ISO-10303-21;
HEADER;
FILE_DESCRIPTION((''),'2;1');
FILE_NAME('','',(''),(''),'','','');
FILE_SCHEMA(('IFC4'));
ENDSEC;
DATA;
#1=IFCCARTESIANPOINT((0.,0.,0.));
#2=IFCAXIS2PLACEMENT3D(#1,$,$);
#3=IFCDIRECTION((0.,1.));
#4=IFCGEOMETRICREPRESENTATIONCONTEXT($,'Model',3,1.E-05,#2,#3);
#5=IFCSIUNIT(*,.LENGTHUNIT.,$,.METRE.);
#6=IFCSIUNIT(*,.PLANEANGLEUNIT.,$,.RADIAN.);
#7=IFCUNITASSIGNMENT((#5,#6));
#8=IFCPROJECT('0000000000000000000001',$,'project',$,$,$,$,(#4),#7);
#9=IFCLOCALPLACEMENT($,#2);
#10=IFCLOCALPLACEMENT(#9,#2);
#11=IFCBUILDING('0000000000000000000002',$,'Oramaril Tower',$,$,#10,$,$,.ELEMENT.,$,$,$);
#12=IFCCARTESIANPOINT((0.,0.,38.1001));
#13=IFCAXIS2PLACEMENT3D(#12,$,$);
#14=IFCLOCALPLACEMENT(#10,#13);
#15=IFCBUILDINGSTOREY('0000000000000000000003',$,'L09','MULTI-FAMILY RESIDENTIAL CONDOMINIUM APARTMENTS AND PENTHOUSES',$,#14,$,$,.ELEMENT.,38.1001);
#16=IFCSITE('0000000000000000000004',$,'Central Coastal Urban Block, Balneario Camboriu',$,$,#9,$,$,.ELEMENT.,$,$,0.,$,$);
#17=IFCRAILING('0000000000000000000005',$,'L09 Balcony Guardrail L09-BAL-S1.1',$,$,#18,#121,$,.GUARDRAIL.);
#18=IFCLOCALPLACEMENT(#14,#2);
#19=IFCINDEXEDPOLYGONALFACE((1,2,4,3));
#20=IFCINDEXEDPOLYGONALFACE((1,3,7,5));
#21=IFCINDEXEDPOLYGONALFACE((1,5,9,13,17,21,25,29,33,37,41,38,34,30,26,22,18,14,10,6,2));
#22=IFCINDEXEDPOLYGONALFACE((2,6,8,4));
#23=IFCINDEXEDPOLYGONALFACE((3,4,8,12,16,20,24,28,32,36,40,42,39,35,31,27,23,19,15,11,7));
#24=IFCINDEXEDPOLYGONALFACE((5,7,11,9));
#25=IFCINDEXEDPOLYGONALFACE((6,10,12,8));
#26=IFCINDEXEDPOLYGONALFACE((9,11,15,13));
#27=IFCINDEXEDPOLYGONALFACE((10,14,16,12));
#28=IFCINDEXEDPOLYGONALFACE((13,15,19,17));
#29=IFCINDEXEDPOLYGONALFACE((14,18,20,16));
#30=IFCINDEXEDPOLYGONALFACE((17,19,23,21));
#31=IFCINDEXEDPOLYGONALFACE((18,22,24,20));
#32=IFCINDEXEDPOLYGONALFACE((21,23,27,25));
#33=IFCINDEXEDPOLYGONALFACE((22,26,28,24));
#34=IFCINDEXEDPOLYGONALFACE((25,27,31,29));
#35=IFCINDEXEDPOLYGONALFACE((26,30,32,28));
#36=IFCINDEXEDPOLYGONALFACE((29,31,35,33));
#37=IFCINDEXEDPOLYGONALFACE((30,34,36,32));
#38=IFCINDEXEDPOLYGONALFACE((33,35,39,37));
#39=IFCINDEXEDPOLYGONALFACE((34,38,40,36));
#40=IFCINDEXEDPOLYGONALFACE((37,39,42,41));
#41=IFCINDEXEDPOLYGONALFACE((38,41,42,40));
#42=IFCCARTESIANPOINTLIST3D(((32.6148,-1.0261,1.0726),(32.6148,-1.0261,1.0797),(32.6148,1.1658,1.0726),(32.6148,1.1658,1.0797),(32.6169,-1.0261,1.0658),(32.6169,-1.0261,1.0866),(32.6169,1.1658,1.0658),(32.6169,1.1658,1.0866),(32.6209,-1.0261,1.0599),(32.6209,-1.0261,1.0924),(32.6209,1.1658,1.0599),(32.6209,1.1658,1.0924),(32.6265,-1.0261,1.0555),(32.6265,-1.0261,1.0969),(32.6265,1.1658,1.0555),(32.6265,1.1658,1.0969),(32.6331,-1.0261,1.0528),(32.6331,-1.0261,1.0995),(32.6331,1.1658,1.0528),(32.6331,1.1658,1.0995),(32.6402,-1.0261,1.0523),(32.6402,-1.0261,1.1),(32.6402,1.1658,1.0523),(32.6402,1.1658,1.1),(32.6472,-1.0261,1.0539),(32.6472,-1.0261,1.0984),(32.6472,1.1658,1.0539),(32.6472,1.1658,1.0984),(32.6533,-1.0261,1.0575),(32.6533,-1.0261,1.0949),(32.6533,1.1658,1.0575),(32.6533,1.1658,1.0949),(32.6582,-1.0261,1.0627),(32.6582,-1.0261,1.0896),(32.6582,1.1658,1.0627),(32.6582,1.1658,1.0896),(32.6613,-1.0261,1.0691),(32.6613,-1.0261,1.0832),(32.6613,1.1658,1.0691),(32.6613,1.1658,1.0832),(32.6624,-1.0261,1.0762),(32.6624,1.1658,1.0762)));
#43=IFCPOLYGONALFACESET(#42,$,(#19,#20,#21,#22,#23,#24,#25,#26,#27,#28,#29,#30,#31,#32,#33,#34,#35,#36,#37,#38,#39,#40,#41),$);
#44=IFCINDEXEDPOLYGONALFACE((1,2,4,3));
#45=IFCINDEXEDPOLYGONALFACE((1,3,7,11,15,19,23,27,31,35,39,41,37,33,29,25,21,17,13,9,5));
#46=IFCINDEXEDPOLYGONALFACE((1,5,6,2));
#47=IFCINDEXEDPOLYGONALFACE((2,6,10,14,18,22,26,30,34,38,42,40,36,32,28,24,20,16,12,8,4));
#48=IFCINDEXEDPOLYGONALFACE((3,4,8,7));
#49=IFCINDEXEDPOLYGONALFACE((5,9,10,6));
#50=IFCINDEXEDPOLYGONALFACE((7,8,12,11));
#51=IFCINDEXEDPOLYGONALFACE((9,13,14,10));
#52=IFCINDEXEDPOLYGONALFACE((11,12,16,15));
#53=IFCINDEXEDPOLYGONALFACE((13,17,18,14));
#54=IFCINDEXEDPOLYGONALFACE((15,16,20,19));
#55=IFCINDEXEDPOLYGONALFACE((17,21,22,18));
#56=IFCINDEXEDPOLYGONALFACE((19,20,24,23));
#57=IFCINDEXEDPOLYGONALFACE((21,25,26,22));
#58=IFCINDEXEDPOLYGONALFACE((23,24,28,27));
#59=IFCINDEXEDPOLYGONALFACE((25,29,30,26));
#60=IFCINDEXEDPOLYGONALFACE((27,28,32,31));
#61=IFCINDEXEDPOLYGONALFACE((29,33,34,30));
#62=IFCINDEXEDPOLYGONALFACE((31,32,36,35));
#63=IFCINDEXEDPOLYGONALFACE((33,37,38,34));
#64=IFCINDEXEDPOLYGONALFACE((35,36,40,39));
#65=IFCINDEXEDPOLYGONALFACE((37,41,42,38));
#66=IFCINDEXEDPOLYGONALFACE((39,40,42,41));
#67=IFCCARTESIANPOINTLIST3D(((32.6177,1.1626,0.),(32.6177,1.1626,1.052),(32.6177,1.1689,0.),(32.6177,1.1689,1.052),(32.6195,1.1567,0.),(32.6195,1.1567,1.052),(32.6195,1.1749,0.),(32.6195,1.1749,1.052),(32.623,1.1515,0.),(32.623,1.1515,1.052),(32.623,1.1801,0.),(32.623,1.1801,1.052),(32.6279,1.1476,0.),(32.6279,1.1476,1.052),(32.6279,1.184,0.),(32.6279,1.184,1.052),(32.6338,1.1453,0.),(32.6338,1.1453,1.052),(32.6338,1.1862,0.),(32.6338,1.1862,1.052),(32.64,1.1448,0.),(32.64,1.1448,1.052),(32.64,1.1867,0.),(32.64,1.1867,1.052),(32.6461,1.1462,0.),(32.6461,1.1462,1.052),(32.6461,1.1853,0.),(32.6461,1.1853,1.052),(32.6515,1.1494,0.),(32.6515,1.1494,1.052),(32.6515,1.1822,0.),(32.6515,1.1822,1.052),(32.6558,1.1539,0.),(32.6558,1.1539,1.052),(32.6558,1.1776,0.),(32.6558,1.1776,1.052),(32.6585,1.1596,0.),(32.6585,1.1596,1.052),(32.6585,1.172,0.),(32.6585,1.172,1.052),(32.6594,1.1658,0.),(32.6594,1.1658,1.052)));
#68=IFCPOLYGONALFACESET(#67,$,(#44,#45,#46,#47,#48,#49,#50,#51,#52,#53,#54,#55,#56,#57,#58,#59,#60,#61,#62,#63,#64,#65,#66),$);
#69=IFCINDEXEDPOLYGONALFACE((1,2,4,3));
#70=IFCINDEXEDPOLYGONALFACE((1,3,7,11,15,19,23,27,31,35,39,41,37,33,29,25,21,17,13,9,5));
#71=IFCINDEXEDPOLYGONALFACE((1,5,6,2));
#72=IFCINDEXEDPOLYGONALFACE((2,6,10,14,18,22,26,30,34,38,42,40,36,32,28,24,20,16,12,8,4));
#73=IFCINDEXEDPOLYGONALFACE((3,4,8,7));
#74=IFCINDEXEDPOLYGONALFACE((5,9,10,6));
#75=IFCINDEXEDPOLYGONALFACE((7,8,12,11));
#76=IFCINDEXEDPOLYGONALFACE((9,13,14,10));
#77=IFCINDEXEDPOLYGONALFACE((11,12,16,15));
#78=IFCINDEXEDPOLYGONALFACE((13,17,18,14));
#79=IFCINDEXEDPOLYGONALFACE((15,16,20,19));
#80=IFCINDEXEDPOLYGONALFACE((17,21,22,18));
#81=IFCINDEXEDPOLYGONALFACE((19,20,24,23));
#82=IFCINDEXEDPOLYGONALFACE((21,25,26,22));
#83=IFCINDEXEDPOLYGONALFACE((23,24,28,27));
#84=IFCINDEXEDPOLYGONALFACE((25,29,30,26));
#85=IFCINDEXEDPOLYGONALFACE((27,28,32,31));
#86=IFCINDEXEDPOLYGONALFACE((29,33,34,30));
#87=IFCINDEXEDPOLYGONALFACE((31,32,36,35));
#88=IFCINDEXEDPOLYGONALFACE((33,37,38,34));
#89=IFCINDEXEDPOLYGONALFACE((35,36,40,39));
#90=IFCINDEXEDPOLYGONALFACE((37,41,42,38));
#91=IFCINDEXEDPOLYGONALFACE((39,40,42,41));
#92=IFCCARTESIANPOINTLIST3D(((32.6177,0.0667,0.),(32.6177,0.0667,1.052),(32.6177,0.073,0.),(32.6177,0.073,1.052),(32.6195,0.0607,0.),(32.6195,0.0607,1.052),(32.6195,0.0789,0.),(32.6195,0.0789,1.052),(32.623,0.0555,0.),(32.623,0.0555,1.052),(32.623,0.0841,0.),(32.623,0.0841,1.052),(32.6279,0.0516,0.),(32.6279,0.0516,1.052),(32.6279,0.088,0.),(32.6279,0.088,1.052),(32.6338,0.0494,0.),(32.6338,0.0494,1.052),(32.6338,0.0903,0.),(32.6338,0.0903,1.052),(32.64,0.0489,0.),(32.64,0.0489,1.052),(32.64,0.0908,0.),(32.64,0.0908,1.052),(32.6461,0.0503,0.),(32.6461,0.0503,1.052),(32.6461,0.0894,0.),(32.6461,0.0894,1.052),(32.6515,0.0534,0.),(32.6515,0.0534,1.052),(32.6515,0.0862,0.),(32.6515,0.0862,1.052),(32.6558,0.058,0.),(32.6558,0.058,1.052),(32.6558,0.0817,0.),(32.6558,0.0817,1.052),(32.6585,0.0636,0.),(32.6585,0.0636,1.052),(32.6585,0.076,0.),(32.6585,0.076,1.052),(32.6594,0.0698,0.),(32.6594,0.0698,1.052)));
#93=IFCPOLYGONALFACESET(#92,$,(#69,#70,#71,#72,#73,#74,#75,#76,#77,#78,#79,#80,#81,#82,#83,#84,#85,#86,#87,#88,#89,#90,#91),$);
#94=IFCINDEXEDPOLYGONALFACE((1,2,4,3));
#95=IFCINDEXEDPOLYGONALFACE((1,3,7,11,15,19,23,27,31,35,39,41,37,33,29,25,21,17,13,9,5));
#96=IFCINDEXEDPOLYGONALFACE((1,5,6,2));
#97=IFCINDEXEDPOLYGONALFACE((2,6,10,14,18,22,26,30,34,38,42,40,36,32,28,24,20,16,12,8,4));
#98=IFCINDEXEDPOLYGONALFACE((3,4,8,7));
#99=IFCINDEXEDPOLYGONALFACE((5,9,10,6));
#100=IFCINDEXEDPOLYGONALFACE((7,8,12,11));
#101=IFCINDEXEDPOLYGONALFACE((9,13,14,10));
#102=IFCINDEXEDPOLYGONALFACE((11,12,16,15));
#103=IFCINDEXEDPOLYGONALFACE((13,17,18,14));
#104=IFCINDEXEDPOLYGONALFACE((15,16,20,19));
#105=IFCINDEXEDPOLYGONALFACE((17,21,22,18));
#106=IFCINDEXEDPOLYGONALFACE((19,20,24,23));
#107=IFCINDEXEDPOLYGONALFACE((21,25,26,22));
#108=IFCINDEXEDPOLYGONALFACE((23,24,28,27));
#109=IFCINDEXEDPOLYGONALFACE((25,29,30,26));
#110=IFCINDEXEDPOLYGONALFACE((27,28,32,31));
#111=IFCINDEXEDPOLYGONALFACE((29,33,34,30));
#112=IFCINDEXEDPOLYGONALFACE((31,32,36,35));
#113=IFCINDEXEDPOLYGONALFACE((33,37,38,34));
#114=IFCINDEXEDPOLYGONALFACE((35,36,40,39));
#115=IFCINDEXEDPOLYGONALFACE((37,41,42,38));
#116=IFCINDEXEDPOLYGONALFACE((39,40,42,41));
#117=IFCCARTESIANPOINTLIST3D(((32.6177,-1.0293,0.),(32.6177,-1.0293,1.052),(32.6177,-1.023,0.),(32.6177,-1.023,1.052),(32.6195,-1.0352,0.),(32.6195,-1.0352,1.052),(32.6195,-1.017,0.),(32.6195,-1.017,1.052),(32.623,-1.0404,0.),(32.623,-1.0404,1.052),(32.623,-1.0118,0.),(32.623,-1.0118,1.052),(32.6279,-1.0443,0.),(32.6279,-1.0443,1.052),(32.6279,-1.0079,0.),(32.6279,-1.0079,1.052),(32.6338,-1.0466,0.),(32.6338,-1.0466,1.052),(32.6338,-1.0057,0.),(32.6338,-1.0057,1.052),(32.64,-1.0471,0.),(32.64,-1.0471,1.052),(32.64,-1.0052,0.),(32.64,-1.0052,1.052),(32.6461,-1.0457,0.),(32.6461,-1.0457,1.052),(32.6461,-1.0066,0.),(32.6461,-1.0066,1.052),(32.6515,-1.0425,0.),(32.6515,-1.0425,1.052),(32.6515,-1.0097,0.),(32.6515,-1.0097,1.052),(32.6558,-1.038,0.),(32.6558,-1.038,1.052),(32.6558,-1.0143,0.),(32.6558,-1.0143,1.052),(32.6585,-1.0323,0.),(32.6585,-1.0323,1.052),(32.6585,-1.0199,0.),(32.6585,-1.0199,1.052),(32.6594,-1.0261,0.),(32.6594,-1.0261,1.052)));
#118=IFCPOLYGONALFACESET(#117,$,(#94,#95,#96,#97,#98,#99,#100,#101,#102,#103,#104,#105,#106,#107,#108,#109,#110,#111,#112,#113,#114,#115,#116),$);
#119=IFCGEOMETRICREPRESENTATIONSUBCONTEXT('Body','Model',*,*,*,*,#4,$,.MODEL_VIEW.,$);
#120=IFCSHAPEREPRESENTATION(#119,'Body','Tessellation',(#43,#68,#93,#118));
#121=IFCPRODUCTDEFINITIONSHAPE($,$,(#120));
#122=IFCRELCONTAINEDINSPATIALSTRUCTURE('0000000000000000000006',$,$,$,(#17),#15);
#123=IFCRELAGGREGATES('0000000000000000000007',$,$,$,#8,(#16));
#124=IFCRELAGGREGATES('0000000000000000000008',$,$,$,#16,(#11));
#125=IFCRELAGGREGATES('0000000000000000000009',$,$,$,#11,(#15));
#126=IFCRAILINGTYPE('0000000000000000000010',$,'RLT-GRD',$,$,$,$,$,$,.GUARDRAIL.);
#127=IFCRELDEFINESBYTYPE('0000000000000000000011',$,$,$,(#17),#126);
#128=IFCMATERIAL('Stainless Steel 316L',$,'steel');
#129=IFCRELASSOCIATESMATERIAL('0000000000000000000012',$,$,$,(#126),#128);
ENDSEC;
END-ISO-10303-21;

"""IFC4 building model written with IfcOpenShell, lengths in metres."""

from ifc_helpers import new_model, si_unit, direction, frame, origin, origin_2d, place, context, subcontext, project, spatial, circle, extrude, material, type_object, element, save


model = new_model("IFC4")

# Units and contexts
model_context = context("Model", 3, precision=1e-05, world=origin(), true_north=direction((0.0, 1.0)))
body_context = subcontext(model_context, "Body", "Model", "MODEL_VIEW")
ifc_project = project(units=[si_unit("LENGTHUNIT", "METRE"), si_unit("PLANEANGLEUNIT", "RADIAN")], contexts=[model_context])

# Site, building, storey
site_placement = place(None, origin())
site = spatial("IfcSite", under=ifc_project, at=site_placement, Name="Central Coastal Urban Block, Balneario Camboriu", CompositionType="ELEMENT", RefElevation=0.0)
building_placement = place(site_placement, origin())
building = spatial("IfcBuilding", under=site, at=building_placement, Name="Oramaril Tower", CompositionType="ELEMENT")
storey_placement = place(building_placement, frame((0.0, 0.0, 38.1001)))
storey = spatial("IfcBuildingStorey", under=building, at=storey_placement, Name="L09", Description="MULTI-FAMILY RESIDENTIAL CONDOMINIUM APARTMENTS AND PENTHOUSES", CompositionType="ELEMENT", Elevation=38.1001)

# Railing
ifc_material_1 = material(Name="Stainless Steel 316L", Category="steel")
railing_type = type_object("IfcRailingType", Name="RLT-GRD", PredefinedType="GUARDRAIL", material=ifc_material_1)
railing_1_placement = place(storey_placement, frame((32.6384, 1.1658, 0.0)))
element("IfcRailing", 1, at=railing_1_placement, inside=storey, type_object=railing_type, Name="L09 Balcony Guardrail L09-BAL-S1.1", PredefinedType="GUARDRAIL", context=body_context, shape_type="SweptSolid", body=[
    extrude(circle(Radius=0.0239, at=origin_2d()), frame((0.0, 0.0, 1.0762), z_axis=(0.0, -1.0, 0.0), x_axis=(1.0, 0.0, 0.0)), (0.0, 0.0, 1.0), 2.1919),
    extrude(circle(Radius=0.021, at=origin_2d()), origin(), (0.0, 0.0, 1.0), 1.052),
    extrude(circle(Radius=0.021, at=origin_2d()), frame((0.0, -1.0959, 0.0)), (0.0, 0.0, 1.0), 1.052),
    extrude(circle(Radius=0.021, at=origin_2d()), frame((0.0, -2.1919, 0.0)), (0.0, 0.0, 1.0), 1.052),
])

save(model, "model.ifc")
